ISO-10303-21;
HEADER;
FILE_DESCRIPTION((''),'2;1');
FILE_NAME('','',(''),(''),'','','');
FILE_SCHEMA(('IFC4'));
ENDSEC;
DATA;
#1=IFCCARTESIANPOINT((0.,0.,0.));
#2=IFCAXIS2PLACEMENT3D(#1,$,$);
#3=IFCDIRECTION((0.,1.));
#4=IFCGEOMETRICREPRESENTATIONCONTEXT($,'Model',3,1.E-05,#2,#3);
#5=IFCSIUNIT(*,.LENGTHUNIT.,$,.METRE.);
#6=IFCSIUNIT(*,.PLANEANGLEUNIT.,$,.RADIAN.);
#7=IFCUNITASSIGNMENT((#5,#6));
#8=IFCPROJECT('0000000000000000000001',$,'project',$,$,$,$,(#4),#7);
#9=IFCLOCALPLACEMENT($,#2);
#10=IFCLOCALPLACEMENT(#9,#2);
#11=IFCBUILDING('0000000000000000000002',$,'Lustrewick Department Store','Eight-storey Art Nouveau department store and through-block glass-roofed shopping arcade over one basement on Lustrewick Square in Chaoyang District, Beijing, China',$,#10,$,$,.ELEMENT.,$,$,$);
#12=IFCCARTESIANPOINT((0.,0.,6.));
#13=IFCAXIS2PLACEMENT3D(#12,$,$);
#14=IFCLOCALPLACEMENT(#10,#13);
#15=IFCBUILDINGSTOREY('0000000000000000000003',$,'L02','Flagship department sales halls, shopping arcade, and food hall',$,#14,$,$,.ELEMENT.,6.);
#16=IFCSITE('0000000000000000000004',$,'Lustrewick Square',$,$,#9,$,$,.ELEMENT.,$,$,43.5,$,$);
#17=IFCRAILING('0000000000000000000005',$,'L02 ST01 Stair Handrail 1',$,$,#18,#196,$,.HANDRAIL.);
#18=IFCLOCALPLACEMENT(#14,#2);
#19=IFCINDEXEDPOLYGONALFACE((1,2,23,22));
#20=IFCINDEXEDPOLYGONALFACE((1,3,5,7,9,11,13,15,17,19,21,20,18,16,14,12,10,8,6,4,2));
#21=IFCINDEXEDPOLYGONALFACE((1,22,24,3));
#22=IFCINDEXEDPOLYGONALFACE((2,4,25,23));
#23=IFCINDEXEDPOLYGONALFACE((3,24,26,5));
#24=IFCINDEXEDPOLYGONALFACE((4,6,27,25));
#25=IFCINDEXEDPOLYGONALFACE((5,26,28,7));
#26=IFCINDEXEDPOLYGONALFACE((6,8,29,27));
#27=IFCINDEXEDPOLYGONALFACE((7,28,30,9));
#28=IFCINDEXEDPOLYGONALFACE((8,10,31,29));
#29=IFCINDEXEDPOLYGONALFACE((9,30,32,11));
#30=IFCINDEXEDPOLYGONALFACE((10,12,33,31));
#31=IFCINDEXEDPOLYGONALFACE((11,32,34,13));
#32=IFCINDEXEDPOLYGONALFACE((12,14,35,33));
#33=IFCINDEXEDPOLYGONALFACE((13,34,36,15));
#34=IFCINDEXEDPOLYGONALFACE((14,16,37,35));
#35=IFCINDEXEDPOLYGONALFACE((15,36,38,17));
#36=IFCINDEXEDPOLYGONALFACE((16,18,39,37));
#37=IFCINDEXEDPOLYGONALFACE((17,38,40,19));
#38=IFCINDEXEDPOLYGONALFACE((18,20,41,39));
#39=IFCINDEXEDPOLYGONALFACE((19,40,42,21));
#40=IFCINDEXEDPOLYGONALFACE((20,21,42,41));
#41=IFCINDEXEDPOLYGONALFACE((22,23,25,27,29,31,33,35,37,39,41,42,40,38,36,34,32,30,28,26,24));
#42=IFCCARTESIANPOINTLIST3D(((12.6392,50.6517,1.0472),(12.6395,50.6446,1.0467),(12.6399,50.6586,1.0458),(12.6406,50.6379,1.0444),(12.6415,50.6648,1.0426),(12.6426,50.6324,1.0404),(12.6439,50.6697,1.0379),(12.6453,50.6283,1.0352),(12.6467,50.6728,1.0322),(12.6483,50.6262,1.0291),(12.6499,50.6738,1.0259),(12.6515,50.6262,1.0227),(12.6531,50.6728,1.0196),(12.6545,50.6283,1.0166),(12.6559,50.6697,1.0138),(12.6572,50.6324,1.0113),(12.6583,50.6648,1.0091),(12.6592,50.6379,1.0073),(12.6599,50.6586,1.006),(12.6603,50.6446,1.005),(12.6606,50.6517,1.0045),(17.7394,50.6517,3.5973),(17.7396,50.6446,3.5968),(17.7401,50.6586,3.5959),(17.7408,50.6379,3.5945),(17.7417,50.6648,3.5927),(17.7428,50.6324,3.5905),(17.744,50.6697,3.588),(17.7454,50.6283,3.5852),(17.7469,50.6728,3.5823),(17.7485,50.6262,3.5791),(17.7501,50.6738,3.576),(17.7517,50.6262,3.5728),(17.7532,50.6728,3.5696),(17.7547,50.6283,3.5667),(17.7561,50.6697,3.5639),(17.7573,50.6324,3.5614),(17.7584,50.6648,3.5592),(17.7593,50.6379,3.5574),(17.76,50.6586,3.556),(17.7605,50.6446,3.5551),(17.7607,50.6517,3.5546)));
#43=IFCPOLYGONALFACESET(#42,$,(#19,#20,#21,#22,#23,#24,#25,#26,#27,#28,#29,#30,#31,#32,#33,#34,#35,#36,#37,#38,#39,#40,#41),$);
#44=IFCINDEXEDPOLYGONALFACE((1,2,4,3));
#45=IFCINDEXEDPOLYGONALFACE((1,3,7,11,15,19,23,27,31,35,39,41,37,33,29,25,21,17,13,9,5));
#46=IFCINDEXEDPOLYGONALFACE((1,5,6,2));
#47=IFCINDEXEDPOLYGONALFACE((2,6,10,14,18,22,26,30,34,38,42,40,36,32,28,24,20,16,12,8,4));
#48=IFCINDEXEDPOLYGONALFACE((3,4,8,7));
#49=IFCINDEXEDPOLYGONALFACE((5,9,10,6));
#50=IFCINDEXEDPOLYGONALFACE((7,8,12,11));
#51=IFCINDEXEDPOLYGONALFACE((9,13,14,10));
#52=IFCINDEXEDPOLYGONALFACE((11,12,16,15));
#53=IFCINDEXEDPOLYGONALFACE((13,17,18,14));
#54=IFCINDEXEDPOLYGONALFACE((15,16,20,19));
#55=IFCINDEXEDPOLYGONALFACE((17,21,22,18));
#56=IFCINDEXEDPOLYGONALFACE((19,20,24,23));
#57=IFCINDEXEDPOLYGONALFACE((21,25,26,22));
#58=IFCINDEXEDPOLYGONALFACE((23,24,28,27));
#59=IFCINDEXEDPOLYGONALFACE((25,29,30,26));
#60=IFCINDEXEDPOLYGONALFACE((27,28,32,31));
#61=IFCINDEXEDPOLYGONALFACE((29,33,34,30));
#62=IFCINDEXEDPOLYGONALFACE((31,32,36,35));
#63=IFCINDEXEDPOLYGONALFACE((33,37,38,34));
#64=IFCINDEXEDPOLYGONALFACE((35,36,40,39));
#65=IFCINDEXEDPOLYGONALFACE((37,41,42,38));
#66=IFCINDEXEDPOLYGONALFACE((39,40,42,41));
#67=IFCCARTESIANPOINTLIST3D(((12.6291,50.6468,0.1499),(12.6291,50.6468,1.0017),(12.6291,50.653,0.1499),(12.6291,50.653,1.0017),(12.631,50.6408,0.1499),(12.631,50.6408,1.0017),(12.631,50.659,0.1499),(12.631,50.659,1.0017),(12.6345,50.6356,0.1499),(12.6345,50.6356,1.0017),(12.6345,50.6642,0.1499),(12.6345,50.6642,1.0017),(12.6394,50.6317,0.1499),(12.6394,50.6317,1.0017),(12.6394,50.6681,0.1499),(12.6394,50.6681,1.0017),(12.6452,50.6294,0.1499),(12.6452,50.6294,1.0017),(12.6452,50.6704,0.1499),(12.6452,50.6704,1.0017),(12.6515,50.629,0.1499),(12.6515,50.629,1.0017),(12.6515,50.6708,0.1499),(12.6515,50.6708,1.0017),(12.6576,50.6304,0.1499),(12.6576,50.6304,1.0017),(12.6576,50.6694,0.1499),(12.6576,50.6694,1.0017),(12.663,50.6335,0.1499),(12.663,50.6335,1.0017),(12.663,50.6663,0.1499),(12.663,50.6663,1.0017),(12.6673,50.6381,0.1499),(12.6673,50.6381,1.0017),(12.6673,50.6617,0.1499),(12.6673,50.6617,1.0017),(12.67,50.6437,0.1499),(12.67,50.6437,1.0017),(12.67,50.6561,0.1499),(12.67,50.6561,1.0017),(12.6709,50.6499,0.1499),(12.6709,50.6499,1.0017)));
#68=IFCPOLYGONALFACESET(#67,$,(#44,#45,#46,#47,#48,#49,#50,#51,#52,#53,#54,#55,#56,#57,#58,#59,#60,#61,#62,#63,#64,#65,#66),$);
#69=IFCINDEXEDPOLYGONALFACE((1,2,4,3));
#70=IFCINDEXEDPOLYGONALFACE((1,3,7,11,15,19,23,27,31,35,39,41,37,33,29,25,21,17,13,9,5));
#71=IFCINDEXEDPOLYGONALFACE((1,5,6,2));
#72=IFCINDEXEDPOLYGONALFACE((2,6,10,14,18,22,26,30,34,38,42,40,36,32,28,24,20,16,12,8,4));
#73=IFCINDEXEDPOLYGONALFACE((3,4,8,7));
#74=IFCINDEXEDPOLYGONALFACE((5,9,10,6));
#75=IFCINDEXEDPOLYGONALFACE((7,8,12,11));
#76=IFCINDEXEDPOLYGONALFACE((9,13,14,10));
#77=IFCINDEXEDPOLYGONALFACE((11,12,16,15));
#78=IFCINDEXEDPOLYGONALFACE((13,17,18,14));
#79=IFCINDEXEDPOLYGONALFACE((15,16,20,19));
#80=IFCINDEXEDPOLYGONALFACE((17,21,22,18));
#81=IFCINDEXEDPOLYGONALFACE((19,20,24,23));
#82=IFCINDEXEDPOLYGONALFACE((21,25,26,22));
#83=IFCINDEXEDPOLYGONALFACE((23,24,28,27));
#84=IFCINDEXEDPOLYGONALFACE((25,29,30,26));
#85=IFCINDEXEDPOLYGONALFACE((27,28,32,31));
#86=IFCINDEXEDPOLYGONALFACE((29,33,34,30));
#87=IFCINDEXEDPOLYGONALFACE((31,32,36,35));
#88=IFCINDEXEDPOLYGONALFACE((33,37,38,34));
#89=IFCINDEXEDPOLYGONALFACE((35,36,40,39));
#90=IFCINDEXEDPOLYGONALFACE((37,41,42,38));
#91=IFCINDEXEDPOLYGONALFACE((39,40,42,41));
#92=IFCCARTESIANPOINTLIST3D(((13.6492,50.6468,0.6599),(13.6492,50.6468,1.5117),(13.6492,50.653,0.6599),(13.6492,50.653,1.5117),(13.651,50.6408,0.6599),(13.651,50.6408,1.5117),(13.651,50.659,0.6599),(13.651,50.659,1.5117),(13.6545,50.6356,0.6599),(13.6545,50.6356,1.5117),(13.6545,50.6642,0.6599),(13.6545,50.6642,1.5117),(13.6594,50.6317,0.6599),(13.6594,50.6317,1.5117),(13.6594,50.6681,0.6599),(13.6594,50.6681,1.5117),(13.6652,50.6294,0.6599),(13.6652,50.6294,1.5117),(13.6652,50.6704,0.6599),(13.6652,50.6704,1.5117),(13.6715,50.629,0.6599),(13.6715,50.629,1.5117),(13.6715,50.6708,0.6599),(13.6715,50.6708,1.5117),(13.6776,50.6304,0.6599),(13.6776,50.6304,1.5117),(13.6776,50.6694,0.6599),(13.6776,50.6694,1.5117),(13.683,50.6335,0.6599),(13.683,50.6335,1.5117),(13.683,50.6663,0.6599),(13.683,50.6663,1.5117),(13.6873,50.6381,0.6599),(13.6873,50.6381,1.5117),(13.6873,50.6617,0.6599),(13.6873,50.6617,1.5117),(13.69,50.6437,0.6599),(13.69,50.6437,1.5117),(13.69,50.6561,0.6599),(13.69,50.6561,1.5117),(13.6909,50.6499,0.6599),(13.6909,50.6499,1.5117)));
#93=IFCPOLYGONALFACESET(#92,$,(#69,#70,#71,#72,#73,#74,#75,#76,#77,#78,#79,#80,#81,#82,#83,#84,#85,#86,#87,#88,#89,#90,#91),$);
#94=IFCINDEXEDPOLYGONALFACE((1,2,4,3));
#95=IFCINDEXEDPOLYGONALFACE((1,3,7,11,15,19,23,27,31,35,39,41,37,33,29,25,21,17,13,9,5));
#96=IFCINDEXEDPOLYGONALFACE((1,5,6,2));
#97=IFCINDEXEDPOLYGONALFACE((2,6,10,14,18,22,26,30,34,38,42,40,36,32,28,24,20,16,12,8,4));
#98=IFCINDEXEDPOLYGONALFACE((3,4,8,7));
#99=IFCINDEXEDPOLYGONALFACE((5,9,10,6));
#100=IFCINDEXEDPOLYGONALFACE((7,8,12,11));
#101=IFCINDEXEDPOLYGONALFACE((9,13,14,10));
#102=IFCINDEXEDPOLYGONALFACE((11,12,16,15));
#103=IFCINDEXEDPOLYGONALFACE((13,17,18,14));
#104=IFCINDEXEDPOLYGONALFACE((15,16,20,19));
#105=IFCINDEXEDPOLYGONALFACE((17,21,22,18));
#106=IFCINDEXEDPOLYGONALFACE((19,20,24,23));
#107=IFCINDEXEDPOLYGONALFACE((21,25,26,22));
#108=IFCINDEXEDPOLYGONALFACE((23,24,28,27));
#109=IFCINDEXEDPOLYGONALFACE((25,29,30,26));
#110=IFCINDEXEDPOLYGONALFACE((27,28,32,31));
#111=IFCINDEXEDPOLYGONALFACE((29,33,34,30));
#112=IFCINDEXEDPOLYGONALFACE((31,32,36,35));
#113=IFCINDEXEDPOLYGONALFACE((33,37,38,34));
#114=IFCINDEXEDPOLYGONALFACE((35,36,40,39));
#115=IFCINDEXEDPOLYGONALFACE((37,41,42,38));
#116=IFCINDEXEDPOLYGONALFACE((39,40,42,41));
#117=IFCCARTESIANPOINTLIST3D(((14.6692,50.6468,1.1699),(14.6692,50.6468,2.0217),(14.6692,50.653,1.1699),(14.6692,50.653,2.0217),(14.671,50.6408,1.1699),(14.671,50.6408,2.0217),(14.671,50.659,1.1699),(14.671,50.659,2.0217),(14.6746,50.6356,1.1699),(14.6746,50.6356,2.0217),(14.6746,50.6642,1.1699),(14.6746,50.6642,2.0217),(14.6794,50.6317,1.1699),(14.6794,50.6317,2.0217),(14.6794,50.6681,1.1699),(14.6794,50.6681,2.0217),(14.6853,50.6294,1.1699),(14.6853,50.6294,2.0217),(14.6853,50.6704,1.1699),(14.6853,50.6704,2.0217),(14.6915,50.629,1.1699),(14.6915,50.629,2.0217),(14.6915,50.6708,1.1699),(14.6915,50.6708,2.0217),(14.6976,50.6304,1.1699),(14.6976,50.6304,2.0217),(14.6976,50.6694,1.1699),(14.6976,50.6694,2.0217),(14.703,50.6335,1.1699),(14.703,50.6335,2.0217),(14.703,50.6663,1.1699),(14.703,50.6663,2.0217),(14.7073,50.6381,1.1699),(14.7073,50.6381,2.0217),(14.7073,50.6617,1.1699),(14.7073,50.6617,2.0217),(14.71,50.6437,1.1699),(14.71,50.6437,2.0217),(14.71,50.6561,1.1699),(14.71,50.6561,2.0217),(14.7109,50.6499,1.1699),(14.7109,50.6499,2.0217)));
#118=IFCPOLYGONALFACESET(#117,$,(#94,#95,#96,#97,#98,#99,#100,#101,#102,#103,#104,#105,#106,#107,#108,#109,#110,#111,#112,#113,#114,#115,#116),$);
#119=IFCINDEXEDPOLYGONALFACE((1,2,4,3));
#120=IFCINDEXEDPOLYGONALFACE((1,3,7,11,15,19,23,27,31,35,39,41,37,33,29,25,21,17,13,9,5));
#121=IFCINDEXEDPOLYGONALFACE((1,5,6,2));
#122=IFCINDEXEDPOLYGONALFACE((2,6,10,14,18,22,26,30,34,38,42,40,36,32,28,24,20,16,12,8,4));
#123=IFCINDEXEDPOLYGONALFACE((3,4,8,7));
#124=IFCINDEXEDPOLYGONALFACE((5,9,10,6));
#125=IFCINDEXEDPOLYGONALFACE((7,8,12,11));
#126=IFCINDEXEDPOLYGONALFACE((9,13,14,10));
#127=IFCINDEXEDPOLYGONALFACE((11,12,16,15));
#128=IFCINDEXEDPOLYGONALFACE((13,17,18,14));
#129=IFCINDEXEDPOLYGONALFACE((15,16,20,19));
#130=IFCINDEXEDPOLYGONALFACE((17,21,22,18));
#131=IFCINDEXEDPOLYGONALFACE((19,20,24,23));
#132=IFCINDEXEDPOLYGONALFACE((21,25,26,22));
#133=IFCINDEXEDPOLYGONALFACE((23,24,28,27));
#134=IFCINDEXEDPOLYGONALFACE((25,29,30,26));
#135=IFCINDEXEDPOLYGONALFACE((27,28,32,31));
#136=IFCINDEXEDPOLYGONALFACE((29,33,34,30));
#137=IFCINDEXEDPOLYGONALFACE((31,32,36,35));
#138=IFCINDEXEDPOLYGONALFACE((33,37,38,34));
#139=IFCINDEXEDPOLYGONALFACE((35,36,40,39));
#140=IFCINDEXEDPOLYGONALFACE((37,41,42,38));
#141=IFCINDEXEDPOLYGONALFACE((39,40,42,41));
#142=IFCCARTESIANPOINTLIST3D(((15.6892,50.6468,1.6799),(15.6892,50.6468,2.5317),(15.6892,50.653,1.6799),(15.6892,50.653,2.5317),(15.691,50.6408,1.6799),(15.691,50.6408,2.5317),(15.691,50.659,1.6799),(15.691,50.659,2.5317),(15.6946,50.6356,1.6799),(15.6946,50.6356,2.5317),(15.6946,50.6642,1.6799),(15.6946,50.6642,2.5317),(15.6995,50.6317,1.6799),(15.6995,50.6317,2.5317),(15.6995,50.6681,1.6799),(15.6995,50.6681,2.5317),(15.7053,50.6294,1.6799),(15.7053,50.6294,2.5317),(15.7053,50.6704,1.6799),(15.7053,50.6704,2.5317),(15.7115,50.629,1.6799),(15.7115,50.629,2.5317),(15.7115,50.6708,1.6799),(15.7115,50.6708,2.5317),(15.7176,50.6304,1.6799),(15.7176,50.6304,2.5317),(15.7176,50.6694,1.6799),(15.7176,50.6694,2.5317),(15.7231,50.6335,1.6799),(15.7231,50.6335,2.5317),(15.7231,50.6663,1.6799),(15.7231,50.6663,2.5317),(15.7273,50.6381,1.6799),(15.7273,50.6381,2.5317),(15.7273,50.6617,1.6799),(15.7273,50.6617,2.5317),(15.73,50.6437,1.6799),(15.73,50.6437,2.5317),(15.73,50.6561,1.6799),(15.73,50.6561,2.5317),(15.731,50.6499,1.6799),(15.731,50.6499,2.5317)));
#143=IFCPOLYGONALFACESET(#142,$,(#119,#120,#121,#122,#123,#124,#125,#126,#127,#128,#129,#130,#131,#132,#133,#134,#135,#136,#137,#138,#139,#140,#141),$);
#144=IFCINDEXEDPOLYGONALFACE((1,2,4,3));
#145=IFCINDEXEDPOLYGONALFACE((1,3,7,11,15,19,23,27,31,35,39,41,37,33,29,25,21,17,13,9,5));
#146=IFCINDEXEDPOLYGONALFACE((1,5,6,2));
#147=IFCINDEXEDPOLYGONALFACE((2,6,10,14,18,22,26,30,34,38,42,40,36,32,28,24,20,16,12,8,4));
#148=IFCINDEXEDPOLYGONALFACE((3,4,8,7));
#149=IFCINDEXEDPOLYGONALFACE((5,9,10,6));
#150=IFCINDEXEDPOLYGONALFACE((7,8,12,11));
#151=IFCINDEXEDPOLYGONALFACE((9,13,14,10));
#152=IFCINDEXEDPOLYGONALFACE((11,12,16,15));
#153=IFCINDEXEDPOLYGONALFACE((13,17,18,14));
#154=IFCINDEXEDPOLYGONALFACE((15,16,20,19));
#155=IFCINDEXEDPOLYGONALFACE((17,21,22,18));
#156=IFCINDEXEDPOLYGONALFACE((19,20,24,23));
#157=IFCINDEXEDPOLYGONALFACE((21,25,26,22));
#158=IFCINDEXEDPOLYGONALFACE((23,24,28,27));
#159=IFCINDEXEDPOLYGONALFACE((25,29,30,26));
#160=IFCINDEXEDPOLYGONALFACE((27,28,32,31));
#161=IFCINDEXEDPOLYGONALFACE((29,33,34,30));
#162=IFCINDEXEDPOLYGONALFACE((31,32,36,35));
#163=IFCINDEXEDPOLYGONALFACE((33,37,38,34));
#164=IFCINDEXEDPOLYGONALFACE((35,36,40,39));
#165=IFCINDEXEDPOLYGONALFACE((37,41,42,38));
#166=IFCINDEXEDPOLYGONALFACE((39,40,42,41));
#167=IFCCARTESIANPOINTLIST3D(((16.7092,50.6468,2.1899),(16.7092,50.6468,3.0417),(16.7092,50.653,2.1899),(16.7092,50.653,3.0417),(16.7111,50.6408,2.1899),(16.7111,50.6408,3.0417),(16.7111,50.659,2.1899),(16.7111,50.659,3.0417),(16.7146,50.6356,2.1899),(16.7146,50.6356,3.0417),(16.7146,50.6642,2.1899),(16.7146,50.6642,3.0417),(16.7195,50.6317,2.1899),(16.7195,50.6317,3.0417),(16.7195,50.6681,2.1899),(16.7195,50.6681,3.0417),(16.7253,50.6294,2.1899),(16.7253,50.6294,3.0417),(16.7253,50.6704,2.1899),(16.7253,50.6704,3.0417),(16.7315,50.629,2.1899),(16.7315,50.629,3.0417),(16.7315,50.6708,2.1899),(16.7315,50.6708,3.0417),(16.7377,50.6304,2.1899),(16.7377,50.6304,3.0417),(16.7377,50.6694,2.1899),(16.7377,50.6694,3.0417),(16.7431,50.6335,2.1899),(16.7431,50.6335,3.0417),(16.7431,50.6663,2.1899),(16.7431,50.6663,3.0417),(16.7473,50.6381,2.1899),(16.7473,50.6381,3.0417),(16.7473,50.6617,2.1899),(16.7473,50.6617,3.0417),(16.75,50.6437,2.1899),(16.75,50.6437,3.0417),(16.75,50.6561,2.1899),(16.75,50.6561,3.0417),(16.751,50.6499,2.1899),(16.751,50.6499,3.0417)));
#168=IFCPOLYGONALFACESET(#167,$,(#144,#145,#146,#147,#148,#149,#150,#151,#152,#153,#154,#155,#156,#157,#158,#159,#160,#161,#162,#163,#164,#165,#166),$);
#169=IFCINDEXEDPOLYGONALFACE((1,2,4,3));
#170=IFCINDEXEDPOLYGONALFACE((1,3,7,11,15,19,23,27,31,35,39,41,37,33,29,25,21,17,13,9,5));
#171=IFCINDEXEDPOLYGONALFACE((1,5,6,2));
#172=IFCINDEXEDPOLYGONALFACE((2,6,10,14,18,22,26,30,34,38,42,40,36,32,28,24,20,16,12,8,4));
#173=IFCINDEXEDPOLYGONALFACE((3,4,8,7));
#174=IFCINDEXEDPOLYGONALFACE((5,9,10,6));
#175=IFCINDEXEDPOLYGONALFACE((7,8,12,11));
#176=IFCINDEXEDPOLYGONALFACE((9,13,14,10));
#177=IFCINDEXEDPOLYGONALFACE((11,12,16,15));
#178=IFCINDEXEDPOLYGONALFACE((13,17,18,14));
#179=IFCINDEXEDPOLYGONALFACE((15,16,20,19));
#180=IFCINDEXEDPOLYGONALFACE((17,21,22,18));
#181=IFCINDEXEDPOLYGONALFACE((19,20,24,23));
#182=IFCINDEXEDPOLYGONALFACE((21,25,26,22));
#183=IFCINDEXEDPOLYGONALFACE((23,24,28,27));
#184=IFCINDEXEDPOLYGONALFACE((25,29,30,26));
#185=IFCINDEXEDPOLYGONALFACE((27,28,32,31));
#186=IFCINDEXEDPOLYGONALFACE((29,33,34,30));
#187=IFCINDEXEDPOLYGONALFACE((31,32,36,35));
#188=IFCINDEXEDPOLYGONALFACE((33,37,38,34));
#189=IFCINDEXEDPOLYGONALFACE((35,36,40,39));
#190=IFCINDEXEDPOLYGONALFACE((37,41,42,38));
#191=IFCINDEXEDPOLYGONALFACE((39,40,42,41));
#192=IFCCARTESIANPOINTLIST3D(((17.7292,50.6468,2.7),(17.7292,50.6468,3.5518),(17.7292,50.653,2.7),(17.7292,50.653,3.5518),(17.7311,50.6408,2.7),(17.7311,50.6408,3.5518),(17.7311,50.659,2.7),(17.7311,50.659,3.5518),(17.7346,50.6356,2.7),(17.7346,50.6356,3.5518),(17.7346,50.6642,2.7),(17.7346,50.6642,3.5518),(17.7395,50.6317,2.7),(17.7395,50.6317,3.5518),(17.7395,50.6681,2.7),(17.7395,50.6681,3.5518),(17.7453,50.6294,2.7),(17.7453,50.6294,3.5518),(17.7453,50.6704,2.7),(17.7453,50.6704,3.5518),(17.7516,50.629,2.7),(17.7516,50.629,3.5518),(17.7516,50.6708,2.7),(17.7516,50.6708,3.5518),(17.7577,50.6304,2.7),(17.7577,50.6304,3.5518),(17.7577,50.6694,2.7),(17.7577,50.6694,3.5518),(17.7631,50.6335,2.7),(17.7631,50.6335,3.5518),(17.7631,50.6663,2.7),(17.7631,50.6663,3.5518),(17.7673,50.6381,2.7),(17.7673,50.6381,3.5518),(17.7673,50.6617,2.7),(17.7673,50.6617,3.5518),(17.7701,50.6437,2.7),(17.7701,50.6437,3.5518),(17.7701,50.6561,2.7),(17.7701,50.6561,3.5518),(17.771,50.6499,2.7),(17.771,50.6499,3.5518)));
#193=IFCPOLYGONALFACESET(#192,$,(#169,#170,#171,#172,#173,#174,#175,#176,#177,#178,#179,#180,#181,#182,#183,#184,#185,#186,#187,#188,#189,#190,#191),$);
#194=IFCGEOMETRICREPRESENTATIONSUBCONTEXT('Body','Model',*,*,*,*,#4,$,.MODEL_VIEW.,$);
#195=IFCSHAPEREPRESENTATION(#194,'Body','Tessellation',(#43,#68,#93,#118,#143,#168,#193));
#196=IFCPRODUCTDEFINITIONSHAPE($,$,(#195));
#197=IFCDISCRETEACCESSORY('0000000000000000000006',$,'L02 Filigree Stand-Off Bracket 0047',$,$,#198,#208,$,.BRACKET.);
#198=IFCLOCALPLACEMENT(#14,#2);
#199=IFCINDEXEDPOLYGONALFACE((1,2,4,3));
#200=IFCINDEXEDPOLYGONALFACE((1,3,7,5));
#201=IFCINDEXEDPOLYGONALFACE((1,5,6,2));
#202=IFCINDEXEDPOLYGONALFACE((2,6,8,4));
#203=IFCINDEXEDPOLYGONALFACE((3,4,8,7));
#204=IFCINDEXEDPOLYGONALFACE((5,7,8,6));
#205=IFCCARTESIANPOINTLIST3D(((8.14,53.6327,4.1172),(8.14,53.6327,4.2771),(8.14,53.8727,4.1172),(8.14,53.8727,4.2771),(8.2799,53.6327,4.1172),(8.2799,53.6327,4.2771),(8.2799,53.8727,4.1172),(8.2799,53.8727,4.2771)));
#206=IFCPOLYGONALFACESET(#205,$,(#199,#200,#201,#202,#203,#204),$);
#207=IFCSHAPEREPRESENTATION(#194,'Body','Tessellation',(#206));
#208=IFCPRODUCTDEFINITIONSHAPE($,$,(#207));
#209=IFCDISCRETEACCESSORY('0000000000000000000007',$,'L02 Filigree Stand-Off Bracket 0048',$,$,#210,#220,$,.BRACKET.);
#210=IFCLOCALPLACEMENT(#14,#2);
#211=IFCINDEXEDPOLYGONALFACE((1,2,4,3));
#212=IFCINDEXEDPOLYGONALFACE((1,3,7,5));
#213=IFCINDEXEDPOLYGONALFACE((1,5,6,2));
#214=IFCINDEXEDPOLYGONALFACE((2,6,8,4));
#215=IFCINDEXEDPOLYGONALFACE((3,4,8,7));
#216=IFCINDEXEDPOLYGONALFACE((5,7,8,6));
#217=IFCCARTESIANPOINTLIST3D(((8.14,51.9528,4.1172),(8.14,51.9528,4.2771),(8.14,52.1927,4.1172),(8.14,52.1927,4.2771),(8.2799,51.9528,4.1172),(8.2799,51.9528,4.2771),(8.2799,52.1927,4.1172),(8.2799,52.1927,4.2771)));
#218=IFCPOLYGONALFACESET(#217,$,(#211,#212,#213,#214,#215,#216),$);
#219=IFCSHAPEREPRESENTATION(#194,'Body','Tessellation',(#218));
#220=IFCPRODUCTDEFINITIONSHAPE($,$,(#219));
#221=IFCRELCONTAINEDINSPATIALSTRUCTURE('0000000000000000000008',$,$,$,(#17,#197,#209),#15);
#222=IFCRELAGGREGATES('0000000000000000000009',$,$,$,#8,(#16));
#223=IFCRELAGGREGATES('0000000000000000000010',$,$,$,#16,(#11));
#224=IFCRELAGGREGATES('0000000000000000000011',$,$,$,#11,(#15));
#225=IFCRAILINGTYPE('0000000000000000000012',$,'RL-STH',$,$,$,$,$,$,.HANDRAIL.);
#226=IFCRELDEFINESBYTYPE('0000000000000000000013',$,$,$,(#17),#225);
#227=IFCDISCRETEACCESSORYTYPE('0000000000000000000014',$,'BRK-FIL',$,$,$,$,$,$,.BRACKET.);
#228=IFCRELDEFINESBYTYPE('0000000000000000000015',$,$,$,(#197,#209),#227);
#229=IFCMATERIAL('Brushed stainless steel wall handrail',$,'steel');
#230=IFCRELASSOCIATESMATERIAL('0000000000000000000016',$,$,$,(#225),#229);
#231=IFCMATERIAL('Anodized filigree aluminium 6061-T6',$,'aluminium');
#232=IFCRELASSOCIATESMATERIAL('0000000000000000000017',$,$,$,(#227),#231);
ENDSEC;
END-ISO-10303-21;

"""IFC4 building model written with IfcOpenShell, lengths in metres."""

from ifc_helpers import new_model, si_unit, direction, frame, origin, origin_2d, place, context, subcontext, project, spatial, rectangle, circle, extrude, material, type_object, element, save


model = new_model("IFC4")

# Units and contexts
model_context = context("Model", 3, precision=1e-05, world=origin(), true_north=direction((0.0, 1.0)))
body_context = subcontext(model_context, "Body", "Model", "MODEL_VIEW")
ifc_project = project(units=[si_unit("LENGTHUNIT", "METRE"), si_unit("PLANEANGLEUNIT", "RADIAN")], contexts=[model_context])

# Site, building, storey
site_placement = place(None, origin())
site = spatial("IfcSite", under=ifc_project, at=site_placement, Name="Lustrewick Square", CompositionType="ELEMENT", RefElevation=43.5)
building_placement = place(site_placement, origin())
building = spatial("IfcBuilding", under=site, at=building_placement, Name="Lustrewick Department Store", Description="Eight-storey Art Nouveau department store and through-block glass-roofed shopping arcade over one basement on Lustrewick Square in Chaoyang District, Beijing, China", CompositionType="ELEMENT")
storey_placement = place(building_placement, frame((0.0, 0.0, 6.0)))
storey = spatial("IfcBuildingStorey", under=building, at=storey_placement, Name="L02", Description="Flagship department sales halls, shopping arcade, and food hall", CompositionType="ELEMENT", Elevation=6.0)

# Railing
ifc_material_1 = material(Name="Brushed stainless steel wall handrail", Category="steel")
railing_type_1 = type_object("IfcRailingType", Name="RL-STH", PredefinedType="HANDRAIL", material=ifc_material_1)
railing_1_placement = place(storey_placement, frame((12.6499, 50.6499, 0.1499)))
element("IfcRailing", 1, at=railing_1_placement, inside=storey, type_object=railing_type_1, Name="L02 ST01 Stair Handrail 1", PredefinedType="HANDRAIL", context=body_context, shape_type="SweptSolid", body=[
    extrude(circle(Radius=0.0239, at=origin_2d()), frame((0.0, 0.0, 0.876), z_axis=(0.894427, 0.0, 0.447214), x_axis=(0.0, 1.0, 0.0)), (0.0, 0.0, 1.0), 5.7021),
    extrude(circle(Radius=0.021, at=origin_2d()), origin(), (0.0, 0.0, 1.0), 0.8518),
    extrude(circle(Radius=0.021, at=origin_2d()), frame((1.02, 0.0, 0.51)), (0.0, 0.0, 1.0), 0.8518),
    extrude(circle(Radius=0.021, at=origin_2d()), frame((2.04, 0.0, 1.02)), (0.0, 0.0, 1.0), 0.8518),
    extrude(circle(Radius=0.021, at=origin_2d()), frame((3.0601, 0.0, 1.53)), (0.0, 0.0, 1.0), 0.8518),
    extrude(circle(Radius=0.021, at=origin_2d()), frame((4.0801, 0.0, 2.04)), (0.0, 0.0, 1.0), 0.8518),
    extrude(circle(Radius=0.021, at=origin_2d()), frame((5.1001, 0.0, 2.55)), (0.0, 0.0, 1.0), 0.8518),
])

# Discrete accessories
ifc_material_2 = material(Name="Anodized filigree aluminium 6061-T6", Category="aluminium")
discrete_accessory_type = type_object("IfcDiscreteAccessoryType", Name="BRK-FIL", PredefinedType="BRACKET", material=ifc_material_2)
for number, where, z_axis, x_axis, name in (
    (2, (8.21, 53.7527, 4.1172), (0.0, 0.0, 1.0), (0.0, -1.0, 0.0), "L02 Filigree Stand-Off Bracket 0047"),
    (3, (8.21, 52.0728, 4.1172), (0.0, 0.0, 1.0), (0.0, -1.0, 0.0), "L02 Filigree Stand-Off Bracket 0048"),
):
    element("IfcDiscreteAccessory", number, at=place(storey_placement, frame(where, z_axis=z_axis, x_axis=x_axis)), inside=storey, type_object=discrete_accessory_type, Name=name, PredefinedType="BRACKET", context=body_context, shape_type="SweptSolid", body=[
        extrude(rectangle(XDim=0.24, YDim=0.1399, at=origin_2d()), origin(), (0.0, 0.0, 1.0), 0.1599),
    ])

save(model, "model.ifc")
